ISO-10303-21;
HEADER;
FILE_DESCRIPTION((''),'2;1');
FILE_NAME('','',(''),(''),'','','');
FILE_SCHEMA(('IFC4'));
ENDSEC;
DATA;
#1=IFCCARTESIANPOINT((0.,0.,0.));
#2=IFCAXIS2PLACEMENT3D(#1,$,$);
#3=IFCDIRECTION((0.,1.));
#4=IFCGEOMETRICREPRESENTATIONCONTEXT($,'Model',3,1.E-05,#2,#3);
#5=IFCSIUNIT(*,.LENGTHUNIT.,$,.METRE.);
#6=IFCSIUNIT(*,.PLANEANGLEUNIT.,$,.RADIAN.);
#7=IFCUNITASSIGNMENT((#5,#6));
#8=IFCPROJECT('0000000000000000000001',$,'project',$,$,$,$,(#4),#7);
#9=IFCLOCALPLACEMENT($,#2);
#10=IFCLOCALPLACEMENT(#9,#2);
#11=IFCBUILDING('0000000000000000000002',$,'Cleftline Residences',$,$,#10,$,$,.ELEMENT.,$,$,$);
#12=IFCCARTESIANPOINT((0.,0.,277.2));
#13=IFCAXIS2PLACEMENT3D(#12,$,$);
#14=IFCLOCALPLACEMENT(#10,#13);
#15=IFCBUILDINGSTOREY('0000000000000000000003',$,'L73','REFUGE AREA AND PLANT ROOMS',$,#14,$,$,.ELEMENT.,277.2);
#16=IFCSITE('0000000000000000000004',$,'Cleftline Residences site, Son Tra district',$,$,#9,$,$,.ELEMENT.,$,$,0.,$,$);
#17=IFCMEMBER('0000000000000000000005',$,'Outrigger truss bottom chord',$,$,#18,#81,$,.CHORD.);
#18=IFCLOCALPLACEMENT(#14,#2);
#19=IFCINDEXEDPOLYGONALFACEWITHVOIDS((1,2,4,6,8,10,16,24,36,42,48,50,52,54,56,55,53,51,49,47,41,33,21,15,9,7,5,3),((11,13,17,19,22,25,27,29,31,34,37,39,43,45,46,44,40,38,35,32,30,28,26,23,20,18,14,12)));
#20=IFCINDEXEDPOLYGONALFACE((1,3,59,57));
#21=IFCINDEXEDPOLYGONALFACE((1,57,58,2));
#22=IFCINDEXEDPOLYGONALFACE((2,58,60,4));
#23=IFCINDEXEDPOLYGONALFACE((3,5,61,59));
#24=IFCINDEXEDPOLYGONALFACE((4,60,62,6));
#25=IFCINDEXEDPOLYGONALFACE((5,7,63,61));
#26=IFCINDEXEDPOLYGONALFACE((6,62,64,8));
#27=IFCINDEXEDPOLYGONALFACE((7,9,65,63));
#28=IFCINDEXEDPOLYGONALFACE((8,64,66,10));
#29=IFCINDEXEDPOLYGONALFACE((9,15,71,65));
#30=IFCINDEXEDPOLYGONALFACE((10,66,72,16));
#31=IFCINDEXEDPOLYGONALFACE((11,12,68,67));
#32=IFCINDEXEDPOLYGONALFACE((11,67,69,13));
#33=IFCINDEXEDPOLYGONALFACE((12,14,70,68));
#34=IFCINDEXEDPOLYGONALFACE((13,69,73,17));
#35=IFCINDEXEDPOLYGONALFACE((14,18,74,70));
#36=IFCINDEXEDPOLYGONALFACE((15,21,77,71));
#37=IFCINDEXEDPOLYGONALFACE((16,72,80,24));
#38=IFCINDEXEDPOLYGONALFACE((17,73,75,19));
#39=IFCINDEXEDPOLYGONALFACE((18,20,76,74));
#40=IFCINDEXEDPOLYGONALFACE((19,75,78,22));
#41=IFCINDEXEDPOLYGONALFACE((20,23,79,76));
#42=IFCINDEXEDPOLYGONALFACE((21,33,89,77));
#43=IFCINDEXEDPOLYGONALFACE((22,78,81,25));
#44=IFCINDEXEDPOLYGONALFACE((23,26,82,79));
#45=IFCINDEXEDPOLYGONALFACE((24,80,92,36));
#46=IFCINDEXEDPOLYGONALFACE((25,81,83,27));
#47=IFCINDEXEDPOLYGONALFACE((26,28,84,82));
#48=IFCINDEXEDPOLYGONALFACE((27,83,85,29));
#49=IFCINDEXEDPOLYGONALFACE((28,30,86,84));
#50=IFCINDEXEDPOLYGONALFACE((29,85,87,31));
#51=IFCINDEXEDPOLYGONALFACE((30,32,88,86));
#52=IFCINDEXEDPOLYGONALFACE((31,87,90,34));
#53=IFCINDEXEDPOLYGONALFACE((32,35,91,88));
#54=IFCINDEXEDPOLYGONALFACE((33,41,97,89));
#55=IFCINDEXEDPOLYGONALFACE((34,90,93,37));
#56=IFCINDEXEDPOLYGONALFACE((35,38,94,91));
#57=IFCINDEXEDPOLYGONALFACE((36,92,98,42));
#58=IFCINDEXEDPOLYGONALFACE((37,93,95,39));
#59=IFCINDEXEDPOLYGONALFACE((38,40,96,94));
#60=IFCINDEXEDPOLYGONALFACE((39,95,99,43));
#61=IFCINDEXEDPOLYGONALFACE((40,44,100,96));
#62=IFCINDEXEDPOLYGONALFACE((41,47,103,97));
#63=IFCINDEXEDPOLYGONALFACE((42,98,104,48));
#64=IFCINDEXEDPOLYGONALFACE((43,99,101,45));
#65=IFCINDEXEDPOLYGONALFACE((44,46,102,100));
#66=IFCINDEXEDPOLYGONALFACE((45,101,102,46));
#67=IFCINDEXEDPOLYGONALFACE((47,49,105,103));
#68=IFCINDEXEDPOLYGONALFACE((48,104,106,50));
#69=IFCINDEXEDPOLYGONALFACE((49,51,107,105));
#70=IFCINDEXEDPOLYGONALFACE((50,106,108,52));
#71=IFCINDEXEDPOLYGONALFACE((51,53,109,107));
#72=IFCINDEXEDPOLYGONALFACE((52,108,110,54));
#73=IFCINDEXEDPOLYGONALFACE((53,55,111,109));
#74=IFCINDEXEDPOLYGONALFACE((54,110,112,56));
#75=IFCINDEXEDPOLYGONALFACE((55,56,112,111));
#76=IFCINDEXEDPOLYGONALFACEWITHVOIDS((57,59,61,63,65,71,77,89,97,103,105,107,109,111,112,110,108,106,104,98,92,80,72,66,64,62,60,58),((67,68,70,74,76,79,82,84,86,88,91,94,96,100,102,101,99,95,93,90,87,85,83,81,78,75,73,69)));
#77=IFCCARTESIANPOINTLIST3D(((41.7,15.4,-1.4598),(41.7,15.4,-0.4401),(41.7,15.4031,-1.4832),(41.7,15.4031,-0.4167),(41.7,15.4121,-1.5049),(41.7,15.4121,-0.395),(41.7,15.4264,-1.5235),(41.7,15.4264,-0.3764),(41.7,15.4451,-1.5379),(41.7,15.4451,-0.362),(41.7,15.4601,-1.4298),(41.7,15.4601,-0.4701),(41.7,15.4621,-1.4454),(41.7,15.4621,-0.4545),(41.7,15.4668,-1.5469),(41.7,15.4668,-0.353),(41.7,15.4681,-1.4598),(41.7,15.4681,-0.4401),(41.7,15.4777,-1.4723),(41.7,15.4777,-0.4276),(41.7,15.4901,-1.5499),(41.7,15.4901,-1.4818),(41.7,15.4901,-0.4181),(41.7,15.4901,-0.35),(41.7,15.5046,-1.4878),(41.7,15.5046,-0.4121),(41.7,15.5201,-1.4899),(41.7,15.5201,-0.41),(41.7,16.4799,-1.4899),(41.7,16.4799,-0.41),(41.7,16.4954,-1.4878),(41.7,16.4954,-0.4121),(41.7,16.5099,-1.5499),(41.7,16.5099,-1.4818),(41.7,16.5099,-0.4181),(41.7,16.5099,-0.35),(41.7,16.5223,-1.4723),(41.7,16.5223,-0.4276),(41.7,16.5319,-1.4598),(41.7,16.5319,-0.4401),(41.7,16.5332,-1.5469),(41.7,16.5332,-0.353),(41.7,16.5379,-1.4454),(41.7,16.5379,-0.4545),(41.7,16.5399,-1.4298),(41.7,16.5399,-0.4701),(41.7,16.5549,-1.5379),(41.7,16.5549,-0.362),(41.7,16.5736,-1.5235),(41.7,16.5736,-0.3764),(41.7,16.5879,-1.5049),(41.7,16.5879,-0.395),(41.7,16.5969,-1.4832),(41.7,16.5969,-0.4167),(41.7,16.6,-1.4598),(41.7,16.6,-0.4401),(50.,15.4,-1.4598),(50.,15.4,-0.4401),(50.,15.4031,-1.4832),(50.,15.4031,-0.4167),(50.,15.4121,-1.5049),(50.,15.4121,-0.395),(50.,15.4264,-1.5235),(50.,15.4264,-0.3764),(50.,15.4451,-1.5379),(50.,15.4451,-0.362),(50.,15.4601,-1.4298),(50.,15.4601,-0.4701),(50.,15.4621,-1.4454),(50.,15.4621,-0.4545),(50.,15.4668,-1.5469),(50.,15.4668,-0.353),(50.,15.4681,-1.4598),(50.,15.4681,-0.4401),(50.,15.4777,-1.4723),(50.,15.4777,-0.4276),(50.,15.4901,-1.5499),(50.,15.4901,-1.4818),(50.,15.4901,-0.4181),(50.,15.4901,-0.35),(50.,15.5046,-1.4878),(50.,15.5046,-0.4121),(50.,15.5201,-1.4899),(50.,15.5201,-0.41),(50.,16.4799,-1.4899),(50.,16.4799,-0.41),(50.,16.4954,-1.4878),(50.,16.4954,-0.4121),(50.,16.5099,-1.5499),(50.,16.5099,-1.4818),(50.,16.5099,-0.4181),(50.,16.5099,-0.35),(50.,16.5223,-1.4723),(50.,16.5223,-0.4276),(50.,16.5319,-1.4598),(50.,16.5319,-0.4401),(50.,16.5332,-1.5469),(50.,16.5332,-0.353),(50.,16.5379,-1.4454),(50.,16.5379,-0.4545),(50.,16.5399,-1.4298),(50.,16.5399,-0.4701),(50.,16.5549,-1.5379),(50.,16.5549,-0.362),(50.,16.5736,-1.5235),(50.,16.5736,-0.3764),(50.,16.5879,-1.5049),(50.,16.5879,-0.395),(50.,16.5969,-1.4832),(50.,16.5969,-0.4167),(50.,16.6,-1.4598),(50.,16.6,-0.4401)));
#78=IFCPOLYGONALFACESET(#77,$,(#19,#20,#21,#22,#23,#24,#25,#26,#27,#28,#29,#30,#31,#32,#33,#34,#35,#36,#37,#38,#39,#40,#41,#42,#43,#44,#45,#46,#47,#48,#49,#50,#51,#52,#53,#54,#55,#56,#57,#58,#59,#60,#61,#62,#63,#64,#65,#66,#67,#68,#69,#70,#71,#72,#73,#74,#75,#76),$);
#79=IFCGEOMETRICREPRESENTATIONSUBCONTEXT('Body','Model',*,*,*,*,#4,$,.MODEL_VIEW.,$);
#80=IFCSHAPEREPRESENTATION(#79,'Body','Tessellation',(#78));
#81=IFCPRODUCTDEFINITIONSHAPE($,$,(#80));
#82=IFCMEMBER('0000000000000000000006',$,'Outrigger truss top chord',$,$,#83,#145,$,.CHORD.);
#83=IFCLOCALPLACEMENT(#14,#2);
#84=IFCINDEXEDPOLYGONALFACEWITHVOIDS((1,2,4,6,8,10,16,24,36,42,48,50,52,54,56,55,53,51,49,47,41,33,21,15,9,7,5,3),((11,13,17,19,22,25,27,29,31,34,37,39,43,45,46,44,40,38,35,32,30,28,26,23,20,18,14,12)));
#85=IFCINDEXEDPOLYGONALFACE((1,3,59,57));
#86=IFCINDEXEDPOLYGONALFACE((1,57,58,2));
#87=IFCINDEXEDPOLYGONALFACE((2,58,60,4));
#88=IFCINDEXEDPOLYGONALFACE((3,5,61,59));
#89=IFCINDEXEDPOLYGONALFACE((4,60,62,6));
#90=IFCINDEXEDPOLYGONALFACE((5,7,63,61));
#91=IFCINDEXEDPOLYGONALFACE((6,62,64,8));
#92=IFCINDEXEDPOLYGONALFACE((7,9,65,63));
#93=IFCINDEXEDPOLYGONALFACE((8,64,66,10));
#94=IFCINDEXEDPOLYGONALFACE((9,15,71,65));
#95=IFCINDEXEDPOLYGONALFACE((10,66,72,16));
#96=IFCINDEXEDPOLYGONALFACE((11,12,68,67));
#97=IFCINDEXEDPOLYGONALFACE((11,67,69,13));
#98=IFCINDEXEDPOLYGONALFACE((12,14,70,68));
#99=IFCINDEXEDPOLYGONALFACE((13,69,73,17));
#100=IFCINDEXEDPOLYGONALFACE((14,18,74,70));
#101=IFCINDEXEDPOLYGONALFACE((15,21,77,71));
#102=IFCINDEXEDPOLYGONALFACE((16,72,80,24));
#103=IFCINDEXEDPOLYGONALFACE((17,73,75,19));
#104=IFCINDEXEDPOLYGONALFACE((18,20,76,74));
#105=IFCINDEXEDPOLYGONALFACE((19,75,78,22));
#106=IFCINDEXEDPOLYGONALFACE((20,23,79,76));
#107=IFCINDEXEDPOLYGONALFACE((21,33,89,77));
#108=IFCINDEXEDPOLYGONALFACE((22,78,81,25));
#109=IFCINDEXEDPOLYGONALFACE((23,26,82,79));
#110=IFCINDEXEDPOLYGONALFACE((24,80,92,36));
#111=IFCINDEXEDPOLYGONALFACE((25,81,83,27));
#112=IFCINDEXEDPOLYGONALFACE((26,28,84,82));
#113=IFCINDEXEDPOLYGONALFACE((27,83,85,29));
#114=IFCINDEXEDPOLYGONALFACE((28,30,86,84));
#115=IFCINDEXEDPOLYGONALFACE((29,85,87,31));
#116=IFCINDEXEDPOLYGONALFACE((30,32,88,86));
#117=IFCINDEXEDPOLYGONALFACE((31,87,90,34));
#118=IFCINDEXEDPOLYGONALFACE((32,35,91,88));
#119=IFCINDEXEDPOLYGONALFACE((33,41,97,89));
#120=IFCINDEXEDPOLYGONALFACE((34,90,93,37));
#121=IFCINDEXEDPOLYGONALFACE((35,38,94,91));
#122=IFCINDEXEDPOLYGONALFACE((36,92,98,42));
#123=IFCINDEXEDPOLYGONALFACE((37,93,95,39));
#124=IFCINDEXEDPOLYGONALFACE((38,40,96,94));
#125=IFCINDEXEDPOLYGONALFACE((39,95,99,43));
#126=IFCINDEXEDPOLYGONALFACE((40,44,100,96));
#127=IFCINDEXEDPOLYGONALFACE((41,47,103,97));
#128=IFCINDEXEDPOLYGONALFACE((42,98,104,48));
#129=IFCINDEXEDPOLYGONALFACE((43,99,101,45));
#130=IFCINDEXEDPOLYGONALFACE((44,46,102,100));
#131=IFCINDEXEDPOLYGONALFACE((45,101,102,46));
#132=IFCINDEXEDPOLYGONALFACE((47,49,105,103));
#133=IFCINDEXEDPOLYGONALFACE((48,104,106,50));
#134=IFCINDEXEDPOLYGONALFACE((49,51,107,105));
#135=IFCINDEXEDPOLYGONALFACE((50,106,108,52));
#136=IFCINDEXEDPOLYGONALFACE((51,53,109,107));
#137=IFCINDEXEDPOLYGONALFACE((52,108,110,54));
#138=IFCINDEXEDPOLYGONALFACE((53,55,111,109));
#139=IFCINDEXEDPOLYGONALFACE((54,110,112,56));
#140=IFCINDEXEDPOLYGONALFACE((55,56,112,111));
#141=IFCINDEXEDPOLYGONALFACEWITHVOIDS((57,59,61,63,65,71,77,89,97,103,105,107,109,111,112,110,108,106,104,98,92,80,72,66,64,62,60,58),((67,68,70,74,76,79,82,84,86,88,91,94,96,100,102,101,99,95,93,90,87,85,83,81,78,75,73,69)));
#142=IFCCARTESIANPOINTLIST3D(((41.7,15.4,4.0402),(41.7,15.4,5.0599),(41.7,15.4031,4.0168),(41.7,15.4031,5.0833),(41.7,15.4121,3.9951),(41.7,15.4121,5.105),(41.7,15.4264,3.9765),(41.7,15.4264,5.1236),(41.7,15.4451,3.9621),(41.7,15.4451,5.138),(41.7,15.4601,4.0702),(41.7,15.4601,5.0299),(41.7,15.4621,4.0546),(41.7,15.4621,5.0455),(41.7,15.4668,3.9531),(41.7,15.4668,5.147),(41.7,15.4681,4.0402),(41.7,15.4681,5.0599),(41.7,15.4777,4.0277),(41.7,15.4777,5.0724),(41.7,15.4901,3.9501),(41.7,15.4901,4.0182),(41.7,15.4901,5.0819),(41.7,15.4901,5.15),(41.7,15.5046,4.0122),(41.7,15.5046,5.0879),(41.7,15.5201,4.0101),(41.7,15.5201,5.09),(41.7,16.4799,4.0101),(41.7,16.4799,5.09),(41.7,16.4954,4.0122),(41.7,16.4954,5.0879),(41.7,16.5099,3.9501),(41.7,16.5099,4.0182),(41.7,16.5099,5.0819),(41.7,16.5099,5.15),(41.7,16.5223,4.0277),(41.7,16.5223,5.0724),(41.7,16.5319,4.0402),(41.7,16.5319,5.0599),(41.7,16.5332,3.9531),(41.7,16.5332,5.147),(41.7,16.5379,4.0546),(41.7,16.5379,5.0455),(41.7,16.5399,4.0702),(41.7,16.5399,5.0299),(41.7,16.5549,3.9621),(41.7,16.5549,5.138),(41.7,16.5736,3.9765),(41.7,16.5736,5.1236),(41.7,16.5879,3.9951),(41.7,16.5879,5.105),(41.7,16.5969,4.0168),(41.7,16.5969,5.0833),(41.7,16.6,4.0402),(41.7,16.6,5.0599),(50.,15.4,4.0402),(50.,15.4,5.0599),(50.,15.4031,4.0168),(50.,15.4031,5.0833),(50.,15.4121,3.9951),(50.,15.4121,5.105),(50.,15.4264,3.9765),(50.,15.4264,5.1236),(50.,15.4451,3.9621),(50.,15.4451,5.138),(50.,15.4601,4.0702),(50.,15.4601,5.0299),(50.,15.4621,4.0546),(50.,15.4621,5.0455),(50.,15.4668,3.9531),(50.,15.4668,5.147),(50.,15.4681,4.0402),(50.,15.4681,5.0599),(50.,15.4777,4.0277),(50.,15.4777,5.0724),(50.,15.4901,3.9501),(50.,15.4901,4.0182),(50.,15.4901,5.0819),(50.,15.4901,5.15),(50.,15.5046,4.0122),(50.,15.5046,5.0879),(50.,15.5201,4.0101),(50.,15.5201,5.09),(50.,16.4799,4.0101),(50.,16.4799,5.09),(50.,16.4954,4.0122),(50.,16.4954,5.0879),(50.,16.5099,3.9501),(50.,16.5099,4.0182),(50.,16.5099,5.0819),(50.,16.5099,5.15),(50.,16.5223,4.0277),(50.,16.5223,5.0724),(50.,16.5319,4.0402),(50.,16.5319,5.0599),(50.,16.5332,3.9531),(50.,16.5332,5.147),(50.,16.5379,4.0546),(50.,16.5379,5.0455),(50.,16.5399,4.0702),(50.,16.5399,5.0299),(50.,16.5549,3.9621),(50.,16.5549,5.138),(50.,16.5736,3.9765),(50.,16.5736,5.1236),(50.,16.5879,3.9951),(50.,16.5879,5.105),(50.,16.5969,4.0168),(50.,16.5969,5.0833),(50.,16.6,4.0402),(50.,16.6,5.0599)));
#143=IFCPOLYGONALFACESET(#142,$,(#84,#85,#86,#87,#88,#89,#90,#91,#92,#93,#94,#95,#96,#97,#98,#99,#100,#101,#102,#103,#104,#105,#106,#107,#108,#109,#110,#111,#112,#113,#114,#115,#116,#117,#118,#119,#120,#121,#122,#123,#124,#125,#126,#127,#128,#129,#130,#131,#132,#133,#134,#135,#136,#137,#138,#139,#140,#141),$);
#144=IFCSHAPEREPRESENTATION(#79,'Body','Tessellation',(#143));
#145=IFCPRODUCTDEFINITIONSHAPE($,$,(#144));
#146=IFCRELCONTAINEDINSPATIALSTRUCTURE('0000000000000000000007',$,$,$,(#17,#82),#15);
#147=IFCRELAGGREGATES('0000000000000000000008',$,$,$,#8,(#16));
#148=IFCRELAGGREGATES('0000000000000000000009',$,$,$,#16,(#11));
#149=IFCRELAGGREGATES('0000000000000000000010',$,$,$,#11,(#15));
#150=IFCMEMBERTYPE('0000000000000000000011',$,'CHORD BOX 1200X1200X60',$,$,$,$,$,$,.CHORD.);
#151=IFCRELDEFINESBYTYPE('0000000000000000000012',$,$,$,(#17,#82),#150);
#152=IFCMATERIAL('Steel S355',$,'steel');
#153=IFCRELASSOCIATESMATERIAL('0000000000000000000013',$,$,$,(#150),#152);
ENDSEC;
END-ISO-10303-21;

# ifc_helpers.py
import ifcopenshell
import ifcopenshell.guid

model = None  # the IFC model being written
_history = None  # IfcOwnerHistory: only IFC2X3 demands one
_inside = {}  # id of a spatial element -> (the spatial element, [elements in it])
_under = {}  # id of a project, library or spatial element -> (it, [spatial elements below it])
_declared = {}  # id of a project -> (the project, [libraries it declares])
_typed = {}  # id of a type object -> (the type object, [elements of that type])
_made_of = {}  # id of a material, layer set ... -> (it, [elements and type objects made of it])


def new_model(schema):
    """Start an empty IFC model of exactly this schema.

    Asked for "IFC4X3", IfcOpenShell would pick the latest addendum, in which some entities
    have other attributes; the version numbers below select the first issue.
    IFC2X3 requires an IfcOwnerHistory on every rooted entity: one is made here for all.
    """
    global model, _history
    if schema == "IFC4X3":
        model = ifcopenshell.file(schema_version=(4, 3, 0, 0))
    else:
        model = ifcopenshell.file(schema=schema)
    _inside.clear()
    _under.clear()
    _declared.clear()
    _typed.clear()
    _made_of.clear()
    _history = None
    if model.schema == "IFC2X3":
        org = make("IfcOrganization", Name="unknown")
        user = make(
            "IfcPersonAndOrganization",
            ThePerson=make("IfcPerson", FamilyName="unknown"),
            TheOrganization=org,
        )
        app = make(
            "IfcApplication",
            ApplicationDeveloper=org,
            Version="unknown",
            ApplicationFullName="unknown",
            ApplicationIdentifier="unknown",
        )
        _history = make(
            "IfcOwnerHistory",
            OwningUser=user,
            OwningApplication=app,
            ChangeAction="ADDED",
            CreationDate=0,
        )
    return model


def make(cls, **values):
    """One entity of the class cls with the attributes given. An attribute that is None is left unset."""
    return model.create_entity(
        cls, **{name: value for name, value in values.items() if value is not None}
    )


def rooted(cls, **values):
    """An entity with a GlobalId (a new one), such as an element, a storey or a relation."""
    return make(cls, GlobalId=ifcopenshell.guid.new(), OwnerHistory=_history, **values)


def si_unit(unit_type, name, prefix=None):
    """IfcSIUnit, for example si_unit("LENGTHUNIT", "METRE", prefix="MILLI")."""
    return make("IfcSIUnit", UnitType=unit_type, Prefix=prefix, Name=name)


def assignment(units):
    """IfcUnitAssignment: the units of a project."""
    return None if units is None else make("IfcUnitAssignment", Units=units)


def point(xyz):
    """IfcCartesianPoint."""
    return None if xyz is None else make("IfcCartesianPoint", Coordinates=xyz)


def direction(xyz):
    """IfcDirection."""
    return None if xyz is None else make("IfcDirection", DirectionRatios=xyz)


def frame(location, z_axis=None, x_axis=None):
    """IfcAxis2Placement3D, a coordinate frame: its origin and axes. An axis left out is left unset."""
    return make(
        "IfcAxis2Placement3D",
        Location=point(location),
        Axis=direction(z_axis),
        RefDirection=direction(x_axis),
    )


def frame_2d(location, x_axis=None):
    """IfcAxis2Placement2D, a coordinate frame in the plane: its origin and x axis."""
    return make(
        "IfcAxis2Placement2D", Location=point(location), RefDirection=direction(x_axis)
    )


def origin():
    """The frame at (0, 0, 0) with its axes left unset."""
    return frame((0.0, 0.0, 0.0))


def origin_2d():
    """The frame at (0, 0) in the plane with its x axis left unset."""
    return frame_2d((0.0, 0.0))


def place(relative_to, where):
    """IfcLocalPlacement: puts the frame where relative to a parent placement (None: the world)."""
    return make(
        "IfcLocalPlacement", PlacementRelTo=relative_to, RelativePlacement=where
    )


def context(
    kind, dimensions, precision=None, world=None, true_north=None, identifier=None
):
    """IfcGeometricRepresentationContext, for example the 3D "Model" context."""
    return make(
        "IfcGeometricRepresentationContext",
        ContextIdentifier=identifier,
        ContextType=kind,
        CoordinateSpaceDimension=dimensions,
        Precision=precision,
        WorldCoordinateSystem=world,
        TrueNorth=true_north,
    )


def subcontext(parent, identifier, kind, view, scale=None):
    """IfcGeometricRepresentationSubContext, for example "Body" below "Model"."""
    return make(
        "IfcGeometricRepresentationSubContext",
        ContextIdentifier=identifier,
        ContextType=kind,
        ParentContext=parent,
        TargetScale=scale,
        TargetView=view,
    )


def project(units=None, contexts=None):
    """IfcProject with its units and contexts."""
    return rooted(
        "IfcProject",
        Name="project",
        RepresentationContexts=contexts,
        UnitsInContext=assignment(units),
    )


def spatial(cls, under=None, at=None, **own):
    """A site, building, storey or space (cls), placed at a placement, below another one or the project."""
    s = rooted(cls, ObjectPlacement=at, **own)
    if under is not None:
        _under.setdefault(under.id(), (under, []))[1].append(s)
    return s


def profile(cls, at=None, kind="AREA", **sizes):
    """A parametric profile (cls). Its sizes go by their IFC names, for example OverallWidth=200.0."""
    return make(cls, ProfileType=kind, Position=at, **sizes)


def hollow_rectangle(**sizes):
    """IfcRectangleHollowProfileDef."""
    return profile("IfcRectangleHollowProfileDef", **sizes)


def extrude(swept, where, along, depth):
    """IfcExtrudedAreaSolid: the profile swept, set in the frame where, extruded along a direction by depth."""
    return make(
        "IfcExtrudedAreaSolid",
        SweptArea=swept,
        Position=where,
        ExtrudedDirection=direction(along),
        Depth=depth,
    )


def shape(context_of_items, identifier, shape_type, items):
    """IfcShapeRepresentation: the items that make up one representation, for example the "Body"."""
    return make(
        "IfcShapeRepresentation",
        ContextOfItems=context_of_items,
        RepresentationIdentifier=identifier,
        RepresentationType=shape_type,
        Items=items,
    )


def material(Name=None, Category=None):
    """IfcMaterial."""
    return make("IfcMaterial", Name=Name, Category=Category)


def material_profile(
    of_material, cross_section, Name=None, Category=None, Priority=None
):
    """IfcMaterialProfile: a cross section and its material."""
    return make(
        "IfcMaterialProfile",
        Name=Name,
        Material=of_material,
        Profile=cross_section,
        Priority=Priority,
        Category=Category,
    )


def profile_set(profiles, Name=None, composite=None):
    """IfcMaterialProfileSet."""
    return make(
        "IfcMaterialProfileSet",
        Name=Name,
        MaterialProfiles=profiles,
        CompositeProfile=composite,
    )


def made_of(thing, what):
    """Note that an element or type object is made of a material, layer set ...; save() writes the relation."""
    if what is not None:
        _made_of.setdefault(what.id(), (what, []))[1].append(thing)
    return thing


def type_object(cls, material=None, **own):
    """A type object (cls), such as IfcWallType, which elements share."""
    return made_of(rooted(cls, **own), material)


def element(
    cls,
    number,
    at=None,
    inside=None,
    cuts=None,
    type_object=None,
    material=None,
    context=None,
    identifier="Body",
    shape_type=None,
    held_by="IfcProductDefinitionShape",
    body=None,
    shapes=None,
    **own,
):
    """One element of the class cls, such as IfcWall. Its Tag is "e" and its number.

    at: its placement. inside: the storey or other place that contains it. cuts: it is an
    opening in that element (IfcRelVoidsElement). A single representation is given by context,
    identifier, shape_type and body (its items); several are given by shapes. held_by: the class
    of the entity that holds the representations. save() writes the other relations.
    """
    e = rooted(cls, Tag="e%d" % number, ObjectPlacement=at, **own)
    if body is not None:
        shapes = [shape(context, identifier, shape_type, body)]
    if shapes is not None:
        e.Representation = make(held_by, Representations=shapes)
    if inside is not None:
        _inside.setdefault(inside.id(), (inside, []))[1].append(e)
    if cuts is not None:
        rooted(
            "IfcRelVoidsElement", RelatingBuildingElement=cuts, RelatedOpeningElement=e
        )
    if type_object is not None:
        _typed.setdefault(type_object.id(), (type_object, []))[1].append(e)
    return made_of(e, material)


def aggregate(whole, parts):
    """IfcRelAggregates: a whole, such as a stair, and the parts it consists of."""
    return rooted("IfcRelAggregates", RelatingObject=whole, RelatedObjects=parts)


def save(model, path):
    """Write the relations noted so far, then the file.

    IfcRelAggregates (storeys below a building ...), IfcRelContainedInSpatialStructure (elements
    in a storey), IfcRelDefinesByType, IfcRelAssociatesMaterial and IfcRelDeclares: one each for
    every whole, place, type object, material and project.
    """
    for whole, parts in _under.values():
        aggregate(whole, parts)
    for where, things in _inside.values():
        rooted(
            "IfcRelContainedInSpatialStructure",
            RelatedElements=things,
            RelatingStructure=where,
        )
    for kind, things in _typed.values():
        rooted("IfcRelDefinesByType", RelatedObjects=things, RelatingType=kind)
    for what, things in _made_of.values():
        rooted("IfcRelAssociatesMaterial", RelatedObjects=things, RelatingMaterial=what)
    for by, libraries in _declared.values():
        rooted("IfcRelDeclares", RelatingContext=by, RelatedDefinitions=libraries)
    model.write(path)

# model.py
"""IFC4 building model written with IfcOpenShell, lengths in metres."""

from ifc_helpers import new_model, si_unit, direction, frame, origin, origin_2d, place, context, subcontext, project, spatial, hollow_rectangle, extrude, material, material_profile, profile_set, type_object, element, save


model = new_model("IFC4")

# Units and contexts
model_context = context("Model", 3, precision=1e-05, world=origin(), true_north=direction((0.0, 1.0)))
body_context = subcontext(model_context, "Body", "Model", "MODEL_VIEW")
ifc_project = project(units=[si_unit("LENGTHUNIT", "METRE"), si_unit("PLANEANGLEUNIT", "RADIAN")], contexts=[model_context])

# Site, building, storey
site_placement = place(None, origin())
site = spatial("IfcSite", under=ifc_project, at=site_placement, Name="Cleftline Residences site, Son Tra district", CompositionType="ELEMENT", RefElevation=0.0)
building_placement = place(site_placement, origin())
building = spatial("IfcBuilding", under=site, at=building_placement, Name="Cleftline Residences", CompositionType="ELEMENT")
storey_placement = place(building_placement, frame((0.0, 0.0, 277.2)))
storey = spatial("IfcBuildingStorey", under=building, at=storey_placement, Name="L73", Description="REFUGE AREA AND PLANT ROOMS", CompositionType="ELEMENT", Elevation=277.2)

# Members
ifc_material_1 = material(Name="Steel S355", Category="steel")
ifc_material_profile_1 = material_profile(ifc_material_1, hollow_rectangle(XDim=1.2, YDim=1.2, WallThickness=0.0601, InnerFilletRadius=0.0601, OuterFilletRadius=0.0901, at=origin_2d()))
ifc_profile_set_1 = profile_set([ifc_material_profile_1], Name="Steel S355")
member_type_1 = type_object("IfcMemberType", Name="CHORD BOX 1200X1200X60", PredefinedType="CHORD", material=ifc_profile_set_1)
for number, where, z_axis, x_axis, name in (
    (1, (41.7, 16.0, -0.95), (1.0, 0.0, 0.0), (0.0, 1.0, 0.0), "Outrigger truss bottom chord"),
    (2, (41.7, 16.0, 4.55), (1.0, 0.0, 0.0), (0.0, 1.0, 0.0), "Outrigger truss top chord"),
):
    element("IfcMember", number, at=place(storey_placement, frame(where, z_axis=z_axis, x_axis=x_axis)), inside=storey, type_object=member_type_1, Name=name, PredefinedType="CHORD", context=body_context, shape_type="SweptSolid", body=[
        extrude(hollow_rectangle(XDim=1.2, YDim=1.2, WallThickness=0.0601, InnerFilletRadius=0.0601, OuterFilletRadius=0.0901, at=origin_2d()), origin(), (0.0, 0.0, 1.0), 8.3),
    ])

save(model, "model.ifc")
